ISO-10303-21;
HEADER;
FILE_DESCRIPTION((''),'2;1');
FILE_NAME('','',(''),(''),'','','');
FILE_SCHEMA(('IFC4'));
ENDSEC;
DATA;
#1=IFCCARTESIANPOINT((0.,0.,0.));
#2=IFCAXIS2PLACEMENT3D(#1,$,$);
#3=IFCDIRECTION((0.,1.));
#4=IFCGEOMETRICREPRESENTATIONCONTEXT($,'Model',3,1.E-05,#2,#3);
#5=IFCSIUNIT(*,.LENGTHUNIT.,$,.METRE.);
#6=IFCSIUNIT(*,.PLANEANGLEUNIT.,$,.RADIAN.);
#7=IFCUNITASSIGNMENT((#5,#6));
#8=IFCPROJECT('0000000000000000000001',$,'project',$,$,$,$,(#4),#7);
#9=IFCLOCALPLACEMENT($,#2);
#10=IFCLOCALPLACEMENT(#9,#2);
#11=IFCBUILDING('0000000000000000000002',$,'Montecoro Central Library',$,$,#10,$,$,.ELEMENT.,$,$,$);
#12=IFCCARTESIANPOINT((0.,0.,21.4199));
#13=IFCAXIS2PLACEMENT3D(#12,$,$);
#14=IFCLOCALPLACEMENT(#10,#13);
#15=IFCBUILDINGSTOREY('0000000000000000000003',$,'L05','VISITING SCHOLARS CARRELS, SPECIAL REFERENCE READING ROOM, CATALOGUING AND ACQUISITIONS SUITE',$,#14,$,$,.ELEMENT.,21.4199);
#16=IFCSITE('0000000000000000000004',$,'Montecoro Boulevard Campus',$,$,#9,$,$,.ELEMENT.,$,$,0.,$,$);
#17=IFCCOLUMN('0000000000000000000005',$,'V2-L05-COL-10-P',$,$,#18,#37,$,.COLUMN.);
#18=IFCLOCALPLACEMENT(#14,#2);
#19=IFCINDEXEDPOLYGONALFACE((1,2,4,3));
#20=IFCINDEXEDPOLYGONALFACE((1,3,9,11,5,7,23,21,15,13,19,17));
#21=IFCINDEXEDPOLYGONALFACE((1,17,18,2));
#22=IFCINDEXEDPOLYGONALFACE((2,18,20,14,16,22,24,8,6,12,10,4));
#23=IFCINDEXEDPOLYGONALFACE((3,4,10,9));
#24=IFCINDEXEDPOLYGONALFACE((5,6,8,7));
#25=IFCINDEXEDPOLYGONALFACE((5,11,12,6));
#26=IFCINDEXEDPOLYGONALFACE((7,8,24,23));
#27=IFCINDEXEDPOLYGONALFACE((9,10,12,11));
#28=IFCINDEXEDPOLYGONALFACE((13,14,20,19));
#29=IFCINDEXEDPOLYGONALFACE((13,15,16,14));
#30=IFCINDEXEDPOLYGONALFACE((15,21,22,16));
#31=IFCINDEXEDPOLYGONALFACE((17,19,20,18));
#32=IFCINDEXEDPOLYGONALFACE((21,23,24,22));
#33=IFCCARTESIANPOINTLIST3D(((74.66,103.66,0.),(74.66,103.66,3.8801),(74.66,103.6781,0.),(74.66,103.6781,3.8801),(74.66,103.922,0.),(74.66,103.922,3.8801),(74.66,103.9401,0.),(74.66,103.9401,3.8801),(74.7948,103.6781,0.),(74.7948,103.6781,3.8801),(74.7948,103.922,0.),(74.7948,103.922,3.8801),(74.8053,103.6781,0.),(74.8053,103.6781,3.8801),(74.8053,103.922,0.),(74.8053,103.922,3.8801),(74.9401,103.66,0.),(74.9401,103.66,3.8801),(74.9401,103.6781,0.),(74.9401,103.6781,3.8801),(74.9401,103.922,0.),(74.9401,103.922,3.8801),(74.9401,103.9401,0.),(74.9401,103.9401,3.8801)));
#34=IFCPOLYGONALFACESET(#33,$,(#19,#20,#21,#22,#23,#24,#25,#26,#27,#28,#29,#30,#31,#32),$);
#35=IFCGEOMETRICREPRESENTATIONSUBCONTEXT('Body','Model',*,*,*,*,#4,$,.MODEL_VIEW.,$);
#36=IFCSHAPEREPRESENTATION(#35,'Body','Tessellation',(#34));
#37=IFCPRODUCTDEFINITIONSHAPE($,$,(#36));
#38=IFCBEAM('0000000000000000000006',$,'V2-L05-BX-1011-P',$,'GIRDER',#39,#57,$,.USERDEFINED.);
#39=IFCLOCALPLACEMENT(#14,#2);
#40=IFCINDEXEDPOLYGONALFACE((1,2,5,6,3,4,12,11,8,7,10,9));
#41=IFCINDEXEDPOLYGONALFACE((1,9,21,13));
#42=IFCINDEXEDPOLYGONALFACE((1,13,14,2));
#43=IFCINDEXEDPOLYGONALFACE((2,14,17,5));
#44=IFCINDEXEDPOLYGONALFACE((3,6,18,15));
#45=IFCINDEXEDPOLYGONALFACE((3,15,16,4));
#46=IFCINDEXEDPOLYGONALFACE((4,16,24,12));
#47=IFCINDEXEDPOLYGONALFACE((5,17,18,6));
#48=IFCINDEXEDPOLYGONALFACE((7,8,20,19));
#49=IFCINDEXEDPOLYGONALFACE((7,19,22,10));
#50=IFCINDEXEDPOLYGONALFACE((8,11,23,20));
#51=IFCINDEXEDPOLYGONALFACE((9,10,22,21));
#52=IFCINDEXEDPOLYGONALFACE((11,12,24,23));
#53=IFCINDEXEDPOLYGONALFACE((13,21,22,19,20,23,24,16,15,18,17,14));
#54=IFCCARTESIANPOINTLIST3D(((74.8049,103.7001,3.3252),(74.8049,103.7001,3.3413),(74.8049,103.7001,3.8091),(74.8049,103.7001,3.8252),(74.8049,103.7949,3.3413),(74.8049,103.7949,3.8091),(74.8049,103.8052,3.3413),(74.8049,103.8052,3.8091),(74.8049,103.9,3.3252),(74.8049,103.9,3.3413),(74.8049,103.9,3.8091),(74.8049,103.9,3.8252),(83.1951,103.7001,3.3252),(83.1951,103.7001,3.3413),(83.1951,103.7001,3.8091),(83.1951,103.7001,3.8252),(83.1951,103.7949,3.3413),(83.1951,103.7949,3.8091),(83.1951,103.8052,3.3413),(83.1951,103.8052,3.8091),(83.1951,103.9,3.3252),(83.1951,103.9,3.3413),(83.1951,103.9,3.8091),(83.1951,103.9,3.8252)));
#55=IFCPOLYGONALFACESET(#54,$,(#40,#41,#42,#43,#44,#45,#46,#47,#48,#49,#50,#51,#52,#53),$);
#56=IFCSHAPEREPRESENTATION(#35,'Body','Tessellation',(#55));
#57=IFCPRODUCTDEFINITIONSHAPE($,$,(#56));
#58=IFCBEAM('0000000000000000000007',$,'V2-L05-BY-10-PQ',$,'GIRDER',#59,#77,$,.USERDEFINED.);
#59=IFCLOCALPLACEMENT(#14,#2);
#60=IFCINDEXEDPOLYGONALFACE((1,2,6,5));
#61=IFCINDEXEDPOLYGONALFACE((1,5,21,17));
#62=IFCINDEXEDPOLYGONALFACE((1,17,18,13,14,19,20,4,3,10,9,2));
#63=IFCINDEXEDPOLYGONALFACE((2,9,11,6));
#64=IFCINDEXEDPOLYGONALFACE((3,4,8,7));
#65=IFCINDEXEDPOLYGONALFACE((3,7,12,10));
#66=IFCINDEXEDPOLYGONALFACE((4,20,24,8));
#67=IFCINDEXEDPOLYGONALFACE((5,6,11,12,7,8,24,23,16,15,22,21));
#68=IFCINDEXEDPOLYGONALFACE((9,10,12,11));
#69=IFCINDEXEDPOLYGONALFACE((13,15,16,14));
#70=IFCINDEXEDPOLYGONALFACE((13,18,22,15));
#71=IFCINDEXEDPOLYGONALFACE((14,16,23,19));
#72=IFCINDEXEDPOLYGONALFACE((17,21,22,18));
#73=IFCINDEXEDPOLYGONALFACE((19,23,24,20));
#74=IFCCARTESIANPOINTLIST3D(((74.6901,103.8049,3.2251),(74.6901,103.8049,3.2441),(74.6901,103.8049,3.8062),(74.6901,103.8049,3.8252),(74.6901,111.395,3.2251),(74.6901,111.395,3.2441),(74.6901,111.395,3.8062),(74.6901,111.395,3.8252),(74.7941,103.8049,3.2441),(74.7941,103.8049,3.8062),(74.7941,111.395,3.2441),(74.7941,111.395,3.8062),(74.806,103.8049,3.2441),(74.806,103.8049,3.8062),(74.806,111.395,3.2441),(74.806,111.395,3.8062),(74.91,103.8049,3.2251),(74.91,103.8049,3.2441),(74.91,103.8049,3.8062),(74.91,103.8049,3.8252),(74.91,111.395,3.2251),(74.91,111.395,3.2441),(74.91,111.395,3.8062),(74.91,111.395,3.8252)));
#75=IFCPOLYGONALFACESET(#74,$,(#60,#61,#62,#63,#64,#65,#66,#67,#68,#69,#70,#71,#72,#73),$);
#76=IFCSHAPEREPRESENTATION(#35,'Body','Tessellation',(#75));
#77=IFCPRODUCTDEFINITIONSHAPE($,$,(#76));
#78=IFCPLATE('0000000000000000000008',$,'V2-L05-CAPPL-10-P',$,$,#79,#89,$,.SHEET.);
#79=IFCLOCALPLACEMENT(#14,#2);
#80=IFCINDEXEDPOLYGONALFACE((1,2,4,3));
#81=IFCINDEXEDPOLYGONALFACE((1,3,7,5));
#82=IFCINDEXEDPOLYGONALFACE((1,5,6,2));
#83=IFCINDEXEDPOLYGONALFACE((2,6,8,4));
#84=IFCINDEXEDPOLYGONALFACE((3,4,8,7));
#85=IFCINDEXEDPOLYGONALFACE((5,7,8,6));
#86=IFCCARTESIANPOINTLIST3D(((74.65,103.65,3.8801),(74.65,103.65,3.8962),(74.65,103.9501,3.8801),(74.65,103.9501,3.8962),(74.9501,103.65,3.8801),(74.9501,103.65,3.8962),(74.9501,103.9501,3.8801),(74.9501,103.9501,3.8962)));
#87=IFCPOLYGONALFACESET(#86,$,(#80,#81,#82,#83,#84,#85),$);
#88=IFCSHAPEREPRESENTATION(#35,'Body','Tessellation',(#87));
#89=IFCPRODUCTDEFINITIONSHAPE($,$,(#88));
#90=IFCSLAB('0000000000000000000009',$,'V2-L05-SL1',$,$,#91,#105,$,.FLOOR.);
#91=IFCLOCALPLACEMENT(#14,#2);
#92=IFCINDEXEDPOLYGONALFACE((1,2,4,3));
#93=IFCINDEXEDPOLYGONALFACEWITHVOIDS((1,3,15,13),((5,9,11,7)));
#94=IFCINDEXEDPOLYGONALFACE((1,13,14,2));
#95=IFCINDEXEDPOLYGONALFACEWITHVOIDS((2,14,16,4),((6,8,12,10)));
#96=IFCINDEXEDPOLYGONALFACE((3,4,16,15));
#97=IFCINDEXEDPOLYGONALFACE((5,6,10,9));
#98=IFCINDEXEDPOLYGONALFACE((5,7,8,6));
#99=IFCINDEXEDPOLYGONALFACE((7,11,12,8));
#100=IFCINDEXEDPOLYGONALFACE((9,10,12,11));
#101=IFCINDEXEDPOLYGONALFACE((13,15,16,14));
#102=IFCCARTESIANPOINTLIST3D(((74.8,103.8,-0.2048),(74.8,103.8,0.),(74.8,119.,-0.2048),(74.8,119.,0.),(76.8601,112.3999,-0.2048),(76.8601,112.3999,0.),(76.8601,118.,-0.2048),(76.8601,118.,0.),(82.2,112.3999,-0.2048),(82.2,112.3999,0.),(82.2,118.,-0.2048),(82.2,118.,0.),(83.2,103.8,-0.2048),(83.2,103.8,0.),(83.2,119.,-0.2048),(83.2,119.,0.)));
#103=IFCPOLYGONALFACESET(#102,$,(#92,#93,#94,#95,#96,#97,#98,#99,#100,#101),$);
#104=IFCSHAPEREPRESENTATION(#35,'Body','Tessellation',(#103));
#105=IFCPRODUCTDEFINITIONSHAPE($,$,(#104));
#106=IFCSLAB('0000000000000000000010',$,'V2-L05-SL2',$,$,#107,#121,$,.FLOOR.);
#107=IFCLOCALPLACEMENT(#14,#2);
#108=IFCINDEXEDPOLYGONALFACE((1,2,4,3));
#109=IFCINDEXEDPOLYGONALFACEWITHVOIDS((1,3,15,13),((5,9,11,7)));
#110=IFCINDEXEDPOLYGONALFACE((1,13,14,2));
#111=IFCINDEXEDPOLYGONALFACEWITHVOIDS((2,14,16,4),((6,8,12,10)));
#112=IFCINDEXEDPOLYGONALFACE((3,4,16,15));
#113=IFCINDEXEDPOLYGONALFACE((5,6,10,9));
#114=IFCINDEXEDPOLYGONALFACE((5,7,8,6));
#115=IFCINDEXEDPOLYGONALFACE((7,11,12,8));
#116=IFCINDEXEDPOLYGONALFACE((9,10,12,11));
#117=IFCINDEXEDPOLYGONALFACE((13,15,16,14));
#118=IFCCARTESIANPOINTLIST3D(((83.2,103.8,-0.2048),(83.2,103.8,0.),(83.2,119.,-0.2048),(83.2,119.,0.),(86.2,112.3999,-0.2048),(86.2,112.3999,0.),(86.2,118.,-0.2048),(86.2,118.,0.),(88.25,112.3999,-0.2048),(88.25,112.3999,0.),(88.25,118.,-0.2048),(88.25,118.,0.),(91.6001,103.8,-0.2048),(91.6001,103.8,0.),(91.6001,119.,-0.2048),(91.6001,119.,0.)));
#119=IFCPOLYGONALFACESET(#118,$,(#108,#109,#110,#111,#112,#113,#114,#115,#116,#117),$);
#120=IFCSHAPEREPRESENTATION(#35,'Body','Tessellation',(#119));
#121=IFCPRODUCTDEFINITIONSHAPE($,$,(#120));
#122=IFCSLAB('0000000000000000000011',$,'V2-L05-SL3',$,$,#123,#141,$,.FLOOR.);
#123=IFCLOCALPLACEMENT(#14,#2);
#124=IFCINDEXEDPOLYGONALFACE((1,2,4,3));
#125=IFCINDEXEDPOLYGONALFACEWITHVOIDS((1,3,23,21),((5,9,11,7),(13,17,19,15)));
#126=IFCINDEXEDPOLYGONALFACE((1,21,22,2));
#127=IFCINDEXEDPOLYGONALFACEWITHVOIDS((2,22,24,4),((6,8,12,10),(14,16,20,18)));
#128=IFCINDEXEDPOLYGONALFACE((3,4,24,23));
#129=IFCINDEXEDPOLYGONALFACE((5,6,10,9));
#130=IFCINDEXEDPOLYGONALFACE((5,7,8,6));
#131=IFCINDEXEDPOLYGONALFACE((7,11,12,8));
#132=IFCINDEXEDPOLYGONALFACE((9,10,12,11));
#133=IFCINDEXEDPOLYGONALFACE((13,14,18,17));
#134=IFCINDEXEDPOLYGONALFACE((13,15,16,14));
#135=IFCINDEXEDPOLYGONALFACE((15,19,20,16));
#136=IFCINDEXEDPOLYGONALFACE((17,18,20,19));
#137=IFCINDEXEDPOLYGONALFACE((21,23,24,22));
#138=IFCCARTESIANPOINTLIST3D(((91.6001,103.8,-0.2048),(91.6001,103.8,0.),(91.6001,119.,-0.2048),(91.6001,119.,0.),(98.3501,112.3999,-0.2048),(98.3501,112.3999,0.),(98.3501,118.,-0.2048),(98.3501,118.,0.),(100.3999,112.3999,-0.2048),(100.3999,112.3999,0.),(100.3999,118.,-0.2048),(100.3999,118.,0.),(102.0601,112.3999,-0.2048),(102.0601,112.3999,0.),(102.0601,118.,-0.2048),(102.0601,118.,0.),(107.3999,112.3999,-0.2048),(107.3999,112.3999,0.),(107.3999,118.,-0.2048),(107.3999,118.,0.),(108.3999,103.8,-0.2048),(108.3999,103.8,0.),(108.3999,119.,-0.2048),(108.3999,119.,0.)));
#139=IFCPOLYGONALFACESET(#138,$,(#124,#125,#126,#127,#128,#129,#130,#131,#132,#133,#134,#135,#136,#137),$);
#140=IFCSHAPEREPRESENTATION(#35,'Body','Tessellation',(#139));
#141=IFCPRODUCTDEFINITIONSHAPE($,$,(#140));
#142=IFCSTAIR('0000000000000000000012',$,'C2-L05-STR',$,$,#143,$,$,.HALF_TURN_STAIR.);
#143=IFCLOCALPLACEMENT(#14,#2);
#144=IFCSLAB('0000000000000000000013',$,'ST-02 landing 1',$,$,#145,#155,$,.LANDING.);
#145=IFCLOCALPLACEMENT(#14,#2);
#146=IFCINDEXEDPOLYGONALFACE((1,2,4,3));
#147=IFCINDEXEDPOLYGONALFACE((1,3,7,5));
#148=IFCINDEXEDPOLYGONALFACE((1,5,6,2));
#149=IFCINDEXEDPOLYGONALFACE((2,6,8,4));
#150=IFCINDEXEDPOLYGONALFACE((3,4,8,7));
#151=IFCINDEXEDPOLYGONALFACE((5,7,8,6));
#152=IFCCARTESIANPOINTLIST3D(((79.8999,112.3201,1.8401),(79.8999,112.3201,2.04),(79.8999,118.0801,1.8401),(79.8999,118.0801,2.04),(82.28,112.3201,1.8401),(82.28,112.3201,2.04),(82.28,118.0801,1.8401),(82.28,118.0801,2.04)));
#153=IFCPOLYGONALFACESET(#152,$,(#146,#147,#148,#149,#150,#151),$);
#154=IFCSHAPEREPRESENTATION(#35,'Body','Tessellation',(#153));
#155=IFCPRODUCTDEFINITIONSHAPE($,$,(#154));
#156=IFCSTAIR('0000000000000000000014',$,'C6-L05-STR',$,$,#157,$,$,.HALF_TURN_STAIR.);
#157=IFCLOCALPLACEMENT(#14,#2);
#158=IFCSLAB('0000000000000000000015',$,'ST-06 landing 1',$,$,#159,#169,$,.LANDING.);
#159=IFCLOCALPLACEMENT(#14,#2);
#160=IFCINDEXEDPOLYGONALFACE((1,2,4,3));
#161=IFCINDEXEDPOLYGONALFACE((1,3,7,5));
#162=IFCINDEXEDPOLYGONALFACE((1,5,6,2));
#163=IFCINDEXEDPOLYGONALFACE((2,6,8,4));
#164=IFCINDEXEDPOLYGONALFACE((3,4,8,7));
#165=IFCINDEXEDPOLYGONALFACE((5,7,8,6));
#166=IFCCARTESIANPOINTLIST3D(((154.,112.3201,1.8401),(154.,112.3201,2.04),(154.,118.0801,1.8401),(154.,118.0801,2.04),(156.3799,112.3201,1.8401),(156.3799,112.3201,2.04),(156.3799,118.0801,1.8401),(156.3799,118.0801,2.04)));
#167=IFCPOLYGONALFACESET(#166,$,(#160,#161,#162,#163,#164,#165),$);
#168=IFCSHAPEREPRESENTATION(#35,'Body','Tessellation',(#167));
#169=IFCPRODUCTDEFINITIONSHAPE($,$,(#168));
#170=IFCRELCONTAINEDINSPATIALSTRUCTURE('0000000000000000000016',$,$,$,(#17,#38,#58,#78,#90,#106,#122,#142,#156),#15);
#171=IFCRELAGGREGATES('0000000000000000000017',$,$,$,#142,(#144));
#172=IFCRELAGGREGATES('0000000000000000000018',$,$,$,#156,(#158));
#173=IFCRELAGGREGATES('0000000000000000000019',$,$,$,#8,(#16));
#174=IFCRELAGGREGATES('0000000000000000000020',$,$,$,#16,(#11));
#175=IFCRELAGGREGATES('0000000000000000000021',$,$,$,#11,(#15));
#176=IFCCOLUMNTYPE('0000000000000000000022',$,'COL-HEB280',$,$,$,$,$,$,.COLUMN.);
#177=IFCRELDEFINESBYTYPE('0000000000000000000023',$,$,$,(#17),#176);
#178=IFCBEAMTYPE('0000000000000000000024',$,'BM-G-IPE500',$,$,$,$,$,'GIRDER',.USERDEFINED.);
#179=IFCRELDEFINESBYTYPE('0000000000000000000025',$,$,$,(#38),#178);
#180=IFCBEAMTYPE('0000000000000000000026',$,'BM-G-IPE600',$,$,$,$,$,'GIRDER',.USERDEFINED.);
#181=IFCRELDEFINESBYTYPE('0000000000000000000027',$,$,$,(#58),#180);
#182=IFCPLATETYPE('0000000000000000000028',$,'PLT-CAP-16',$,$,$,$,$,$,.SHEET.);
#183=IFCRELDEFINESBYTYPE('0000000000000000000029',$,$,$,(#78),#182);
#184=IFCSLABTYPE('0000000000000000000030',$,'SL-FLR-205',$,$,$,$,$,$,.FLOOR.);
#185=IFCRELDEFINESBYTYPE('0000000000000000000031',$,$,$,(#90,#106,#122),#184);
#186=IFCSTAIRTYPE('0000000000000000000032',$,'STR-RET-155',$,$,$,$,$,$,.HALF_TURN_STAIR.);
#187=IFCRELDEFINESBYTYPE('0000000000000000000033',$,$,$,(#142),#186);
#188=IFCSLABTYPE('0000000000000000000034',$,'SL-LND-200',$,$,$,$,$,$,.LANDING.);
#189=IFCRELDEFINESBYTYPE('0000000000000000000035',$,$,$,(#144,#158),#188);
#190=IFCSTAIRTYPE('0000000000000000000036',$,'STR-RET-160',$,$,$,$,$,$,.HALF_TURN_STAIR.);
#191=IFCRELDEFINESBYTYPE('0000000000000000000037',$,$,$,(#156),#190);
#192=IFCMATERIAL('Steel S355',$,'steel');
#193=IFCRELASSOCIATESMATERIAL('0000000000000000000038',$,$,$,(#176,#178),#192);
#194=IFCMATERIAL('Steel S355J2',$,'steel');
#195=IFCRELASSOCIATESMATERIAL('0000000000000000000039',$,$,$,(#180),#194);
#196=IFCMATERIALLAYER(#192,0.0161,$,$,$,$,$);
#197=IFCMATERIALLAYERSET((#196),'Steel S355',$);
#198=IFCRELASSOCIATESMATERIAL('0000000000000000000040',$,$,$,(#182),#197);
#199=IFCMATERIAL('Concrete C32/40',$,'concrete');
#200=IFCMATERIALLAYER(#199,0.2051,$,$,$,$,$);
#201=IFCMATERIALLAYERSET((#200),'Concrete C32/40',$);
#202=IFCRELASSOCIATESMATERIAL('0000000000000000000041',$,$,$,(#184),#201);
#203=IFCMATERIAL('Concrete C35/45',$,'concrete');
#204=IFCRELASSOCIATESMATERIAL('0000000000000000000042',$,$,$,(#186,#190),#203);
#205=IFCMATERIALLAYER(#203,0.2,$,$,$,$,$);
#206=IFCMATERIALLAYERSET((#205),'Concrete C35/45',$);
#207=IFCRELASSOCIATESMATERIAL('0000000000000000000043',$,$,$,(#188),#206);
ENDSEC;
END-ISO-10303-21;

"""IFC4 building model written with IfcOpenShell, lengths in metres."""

from ifc_helpers import new_model, si_unit, direction, frame, origin, origin_2d, place, context, subcontext, project, spatial, polyline, rectangle, i_section, outline, extrude, material, layer, layer_set, material_profile, profile_set, type_object, element, aggregate, save


model = new_model("IFC4")

# Units and contexts
model_context = context("Model", 3, precision=1e-05, world=origin(), true_north=direction((0.0, 1.0)))
body_context = subcontext(model_context, "Body", "Model", "MODEL_VIEW")
ifc_project = project(units=[si_unit("LENGTHUNIT", "METRE"), si_unit("PLANEANGLEUNIT", "RADIAN")], contexts=[model_context])

# Site, building, storey
site_placement = place(None, origin())
site = spatial("IfcSite", under=ifc_project, at=site_placement, Name="Montecoro Boulevard Campus", CompositionType="ELEMENT", RefElevation=0.0)
building_placement = place(site_placement, origin())
building = spatial("IfcBuilding", under=site, at=building_placement, Name="Montecoro Central Library", CompositionType="ELEMENT")
storey_placement = place(building_placement, frame((0.0, 0.0, 21.4199)))
storey = spatial("IfcBuildingStorey", under=building, at=storey_placement, Name="L05", Description="VISITING SCHOLARS CARRELS, SPECIAL REFERENCE READING ROOM, CATALOGUING AND ACQUISITIONS SUITE", CompositionType="ELEMENT", Elevation=21.4199)

# Column
ifc_material_1 = material(Name="Steel S355", Category="steel")
ifc_material_profile_1 = material_profile(ifc_material_1, i_section(OverallWidth=0.28, OverallDepth=0.28, WebThickness=0.0105, FlangeThickness=0.0181, at=origin_2d()), Name="HEB 280")
ifc_profile_set_1 = profile_set([ifc_material_profile_1], Name="Steel S355")
column_type = type_object("IfcColumnType", Name="COL-HEB280", PredefinedType="COLUMN", material=ifc_profile_set_1)
column_placement = place(storey_placement, frame((74.8, 103.8, 0.0), z_axis=(0.0, 0.0, 1.0), x_axis=(1.0, 0.0, 0.0)))
element("IfcColumn", 1, at=column_placement, inside=storey, type_object=column_type, Name="V2-L05-COL-10-P", PredefinedType="COLUMN", context=body_context, shape_type="SweptSolid", body=[
    extrude(i_section(OverallWidth=0.28, OverallDepth=0.28, WebThickness=0.0105, FlangeThickness=0.0181, at=origin_2d()), origin(), (0.0, 0.0, 1.0), 3.8801),
])

# Beams
ifc_material_profile_2 = material_profile(ifc_material_1, i_section(OverallWidth=0.2, OverallDepth=0.5, WebThickness=0.0103, FlangeThickness=0.0161, at=origin_2d()), Name="IPE 500")
ifc_profile_set_2 = profile_set([ifc_material_profile_2], Name="Steel S355")
beam_type_1 = type_object("IfcBeamType", Name="BM-G-IPE500", ElementType="GIRDER", PredefinedType="USERDEFINED", material=ifc_profile_set_2)
beam_1_placement = place(storey_placement, frame((74.8049, 103.8, 3.5752), z_axis=(1.0, 0.0, 0.0), x_axis=(0.0, 1.0, 0.0)))
element("IfcBeam", 2, at=beam_1_placement, inside=storey, type_object=beam_type_1, Name="V2-L05-BX-1011-P", ObjectType="GIRDER", PredefinedType="USERDEFINED", context=body_context, shape_type="SweptSolid", body=[
    extrude(i_section(OverallWidth=0.2, OverallDepth=0.5, WebThickness=0.0103, FlangeThickness=0.0161, at=origin_2d()), origin(), (0.0, 0.0, 1.0), 8.3901),
])
ifc_material_2 = material(Name="Steel S355J2", Category="steel")
ifc_material_profile_3 = material_profile(ifc_material_2, i_section(OverallWidth=0.22, OverallDepth=0.6001, WebThickness=0.012, FlangeThickness=0.019, at=origin_2d()), Name="IPE 600")
ifc_profile_set_3 = profile_set([ifc_material_profile_3], Name="Steel S355J2")
beam_type_2 = type_object("IfcBeamType", Name="BM-G-IPE600", ElementType="GIRDER", PredefinedType="USERDEFINED", material=ifc_profile_set_3)
beam_2_placement = place(storey_placement, frame((74.8, 103.8049, 3.5251), z_axis=(0.0, 1.0, 0.0), x_axis=(-1.0, 0.0, 0.0)))
element("IfcBeam", 3, at=beam_2_placement, inside=storey, type_object=beam_type_2, Name="V2-L05-BY-10-PQ", ObjectType="GIRDER", PredefinedType="USERDEFINED", context=body_context, shape_type="SweptSolid", body=[
    extrude(i_section(OverallWidth=0.22, OverallDepth=0.6001, WebThickness=0.012, FlangeThickness=0.019, at=origin_2d()), origin(), (0.0, 0.0, 1.0), 7.5901),
])

# Plate
ifc_layer_1 = layer(ifc_material_1, 0.0161)
ifc_layer_set_1 = layer_set([ifc_layer_1], Name="Steel S355")
plate_type = type_object("IfcPlateType", Name="PLT-CAP-16", PredefinedType="SHEET", material=ifc_layer_set_1)
plate_placement = place(storey_placement, frame((74.8, 103.8, 3.8801), z_axis=(0.0, 0.0, 1.0), x_axis=(1.0, 0.0, 0.0)))
element("IfcPlate", 4, at=plate_placement, inside=storey, type_object=plate_type, Name="V2-L05-CAPPL-10-P", PredefinedType="SHEET", context=body_context, shape_type="SweptSolid", body=[
    extrude(rectangle(XDim=0.3, YDim=0.3, at=origin_2d()), origin(), (0.0, 0.0, 1.0), 0.0161),
])

# Slabs
ifc_material_3 = material(Name="Concrete C32/40", Category="concrete")
ifc_layer_2 = layer(ifc_material_3, 0.2051)
ifc_layer_set_2 = layer_set([ifc_layer_2], Name="Concrete C32/40")
slab_type_1 = type_object("IfcSlabType", Name="SL-FLR-205", PredefinedType="FLOOR", material=ifc_layer_set_2)
slab_1_placement = place(storey_placement, frame((0.0, 0.0, -0.2048)))
element("IfcSlab", 5, at=slab_1_placement, inside=storey, type_object=slab_type_1, Name="V2-L05-SL1", PredefinedType="FLOOR", context=body_context, shape_type="SweptSolid", body=[
    extrude(outline(polyline([(74.8, 103.8), (83.2, 103.8), (83.2, 119.0), (74.8, 119.0), (74.8, 103.8)]), holes=[polyline([(76.8601, 118.0), (82.2, 118.0), (82.2, 112.3999), (76.8601, 112.3999), (76.8601, 118.0)])]), origin(), (0.0, 0.0, 1.0), 0.2048),
])
slab_2_placement = place(storey_placement, frame((0.0, 0.0, -0.2048)))
element("IfcSlab", 6, at=slab_2_placement, inside=storey, type_object=slab_type_1, Name="V2-L05-SL2", PredefinedType="FLOOR", context=body_context, shape_type="SweptSolid", body=[
    extrude(outline(polyline([(83.2, 103.8), (91.6001, 103.8), (91.6001, 119.0), (83.2, 119.0), (83.2, 103.8)]), holes=[polyline([(86.2, 118.0), (88.25, 118.0), (88.25, 112.3999), (86.2, 112.3999), (86.2, 118.0)])]), origin(), (0.0, 0.0, 1.0), 0.2048),
])
slab_3_placement = place(storey_placement, frame((0.0, 0.0, -0.2048)))
element("IfcSlab", 7, at=slab_3_placement, inside=storey, type_object=slab_type_1, Name="V2-L05-SL3", PredefinedType="FLOOR", context=body_context, shape_type="SweptSolid", body=[
    extrude(outline(polyline([(91.6001, 103.8), (108.3999, 103.8), (108.3999, 119.0), (91.6001, 119.0), (91.6001, 103.8)]), holes=[polyline([(102.0601, 118.0), (107.3999, 118.0), (107.3999, 112.3999), (102.0601, 112.3999), (102.0601, 118.0)]), polyline([(98.3501, 118.0), (100.3999, 118.0), (100.3999, 112.3999), (98.3501, 112.3999), (98.3501, 118.0)])]), origin(), (0.0, 0.0, 1.0), 0.2048),
])

# Stairs, slabs
ifc_material_4 = material(Name="Concrete C35/45", Category="concrete")
stair_type_1 = type_object("IfcStairType", Name="STR-RET-155", PredefinedType="HALF_TURN_STAIR", material=ifc_material_4)
stair_1_placement = place(storey_placement, origin())
stair_1 = element("IfcStair", 8, at=stair_1_placement, inside=storey, type_object=stair_type_1, Name="C2-L05-STR", PredefinedType="HALF_TURN_STAIR")
ifc_layer_3 = layer(ifc_material_4, 0.2)
ifc_layer_set_3 = layer_set([ifc_layer_3], Name="Concrete C35/45")
slab_type_2 = type_object("IfcSlabType", Name="SL-LND-200", PredefinedType="LANDING", material=ifc_layer_set_3)
slab_4_placement = place(storey_placement, frame((0.0, 0.0, 1.8401)))
slab_4 = element("IfcSlab", 9, at=slab_4_placement, type_object=slab_type_2, Name="ST-02 landing 1", PredefinedType="LANDING", context=body_context, shape_type="SweptSolid", body=[
    extrude(outline(polyline([(79.8999, 112.3201), (82.28, 112.3201), (82.28, 118.0801), (79.8999, 118.0801), (79.8999, 112.3201)])), origin(), (0.0, 0.0, 1.0), 0.2),
])
aggregate(stair_1, [slab_4])
stair_type_2 = type_object("IfcStairType", Name="STR-RET-160", PredefinedType="HALF_TURN_STAIR", material=ifc_material_4)
stair_2_placement = place(storey_placement, origin())
stair_2 = element("IfcStair", 10, at=stair_2_placement, inside=storey, type_object=stair_type_2, Name="C6-L05-STR", PredefinedType="HALF_TURN_STAIR")
slab_5_placement = place(storey_placement, frame((0.0, 0.0, 1.8401)))
slab_5 = element("IfcSlab", 11, at=slab_5_placement, type_object=slab_type_2, Name="ST-06 landing 1", PredefinedType="LANDING", context=body_context, shape_type="SweptSolid", body=[
    extrude(outline(polyline([(154.0, 112.3201), (156.3799, 112.3201), (156.3799, 118.0801), (154.0, 118.0801), (154.0, 112.3201)])), origin(), (0.0, 0.0, 1.0), 0.2),
])
aggregate(stair_2, [slab_5])

save(model, "model.ifc")
